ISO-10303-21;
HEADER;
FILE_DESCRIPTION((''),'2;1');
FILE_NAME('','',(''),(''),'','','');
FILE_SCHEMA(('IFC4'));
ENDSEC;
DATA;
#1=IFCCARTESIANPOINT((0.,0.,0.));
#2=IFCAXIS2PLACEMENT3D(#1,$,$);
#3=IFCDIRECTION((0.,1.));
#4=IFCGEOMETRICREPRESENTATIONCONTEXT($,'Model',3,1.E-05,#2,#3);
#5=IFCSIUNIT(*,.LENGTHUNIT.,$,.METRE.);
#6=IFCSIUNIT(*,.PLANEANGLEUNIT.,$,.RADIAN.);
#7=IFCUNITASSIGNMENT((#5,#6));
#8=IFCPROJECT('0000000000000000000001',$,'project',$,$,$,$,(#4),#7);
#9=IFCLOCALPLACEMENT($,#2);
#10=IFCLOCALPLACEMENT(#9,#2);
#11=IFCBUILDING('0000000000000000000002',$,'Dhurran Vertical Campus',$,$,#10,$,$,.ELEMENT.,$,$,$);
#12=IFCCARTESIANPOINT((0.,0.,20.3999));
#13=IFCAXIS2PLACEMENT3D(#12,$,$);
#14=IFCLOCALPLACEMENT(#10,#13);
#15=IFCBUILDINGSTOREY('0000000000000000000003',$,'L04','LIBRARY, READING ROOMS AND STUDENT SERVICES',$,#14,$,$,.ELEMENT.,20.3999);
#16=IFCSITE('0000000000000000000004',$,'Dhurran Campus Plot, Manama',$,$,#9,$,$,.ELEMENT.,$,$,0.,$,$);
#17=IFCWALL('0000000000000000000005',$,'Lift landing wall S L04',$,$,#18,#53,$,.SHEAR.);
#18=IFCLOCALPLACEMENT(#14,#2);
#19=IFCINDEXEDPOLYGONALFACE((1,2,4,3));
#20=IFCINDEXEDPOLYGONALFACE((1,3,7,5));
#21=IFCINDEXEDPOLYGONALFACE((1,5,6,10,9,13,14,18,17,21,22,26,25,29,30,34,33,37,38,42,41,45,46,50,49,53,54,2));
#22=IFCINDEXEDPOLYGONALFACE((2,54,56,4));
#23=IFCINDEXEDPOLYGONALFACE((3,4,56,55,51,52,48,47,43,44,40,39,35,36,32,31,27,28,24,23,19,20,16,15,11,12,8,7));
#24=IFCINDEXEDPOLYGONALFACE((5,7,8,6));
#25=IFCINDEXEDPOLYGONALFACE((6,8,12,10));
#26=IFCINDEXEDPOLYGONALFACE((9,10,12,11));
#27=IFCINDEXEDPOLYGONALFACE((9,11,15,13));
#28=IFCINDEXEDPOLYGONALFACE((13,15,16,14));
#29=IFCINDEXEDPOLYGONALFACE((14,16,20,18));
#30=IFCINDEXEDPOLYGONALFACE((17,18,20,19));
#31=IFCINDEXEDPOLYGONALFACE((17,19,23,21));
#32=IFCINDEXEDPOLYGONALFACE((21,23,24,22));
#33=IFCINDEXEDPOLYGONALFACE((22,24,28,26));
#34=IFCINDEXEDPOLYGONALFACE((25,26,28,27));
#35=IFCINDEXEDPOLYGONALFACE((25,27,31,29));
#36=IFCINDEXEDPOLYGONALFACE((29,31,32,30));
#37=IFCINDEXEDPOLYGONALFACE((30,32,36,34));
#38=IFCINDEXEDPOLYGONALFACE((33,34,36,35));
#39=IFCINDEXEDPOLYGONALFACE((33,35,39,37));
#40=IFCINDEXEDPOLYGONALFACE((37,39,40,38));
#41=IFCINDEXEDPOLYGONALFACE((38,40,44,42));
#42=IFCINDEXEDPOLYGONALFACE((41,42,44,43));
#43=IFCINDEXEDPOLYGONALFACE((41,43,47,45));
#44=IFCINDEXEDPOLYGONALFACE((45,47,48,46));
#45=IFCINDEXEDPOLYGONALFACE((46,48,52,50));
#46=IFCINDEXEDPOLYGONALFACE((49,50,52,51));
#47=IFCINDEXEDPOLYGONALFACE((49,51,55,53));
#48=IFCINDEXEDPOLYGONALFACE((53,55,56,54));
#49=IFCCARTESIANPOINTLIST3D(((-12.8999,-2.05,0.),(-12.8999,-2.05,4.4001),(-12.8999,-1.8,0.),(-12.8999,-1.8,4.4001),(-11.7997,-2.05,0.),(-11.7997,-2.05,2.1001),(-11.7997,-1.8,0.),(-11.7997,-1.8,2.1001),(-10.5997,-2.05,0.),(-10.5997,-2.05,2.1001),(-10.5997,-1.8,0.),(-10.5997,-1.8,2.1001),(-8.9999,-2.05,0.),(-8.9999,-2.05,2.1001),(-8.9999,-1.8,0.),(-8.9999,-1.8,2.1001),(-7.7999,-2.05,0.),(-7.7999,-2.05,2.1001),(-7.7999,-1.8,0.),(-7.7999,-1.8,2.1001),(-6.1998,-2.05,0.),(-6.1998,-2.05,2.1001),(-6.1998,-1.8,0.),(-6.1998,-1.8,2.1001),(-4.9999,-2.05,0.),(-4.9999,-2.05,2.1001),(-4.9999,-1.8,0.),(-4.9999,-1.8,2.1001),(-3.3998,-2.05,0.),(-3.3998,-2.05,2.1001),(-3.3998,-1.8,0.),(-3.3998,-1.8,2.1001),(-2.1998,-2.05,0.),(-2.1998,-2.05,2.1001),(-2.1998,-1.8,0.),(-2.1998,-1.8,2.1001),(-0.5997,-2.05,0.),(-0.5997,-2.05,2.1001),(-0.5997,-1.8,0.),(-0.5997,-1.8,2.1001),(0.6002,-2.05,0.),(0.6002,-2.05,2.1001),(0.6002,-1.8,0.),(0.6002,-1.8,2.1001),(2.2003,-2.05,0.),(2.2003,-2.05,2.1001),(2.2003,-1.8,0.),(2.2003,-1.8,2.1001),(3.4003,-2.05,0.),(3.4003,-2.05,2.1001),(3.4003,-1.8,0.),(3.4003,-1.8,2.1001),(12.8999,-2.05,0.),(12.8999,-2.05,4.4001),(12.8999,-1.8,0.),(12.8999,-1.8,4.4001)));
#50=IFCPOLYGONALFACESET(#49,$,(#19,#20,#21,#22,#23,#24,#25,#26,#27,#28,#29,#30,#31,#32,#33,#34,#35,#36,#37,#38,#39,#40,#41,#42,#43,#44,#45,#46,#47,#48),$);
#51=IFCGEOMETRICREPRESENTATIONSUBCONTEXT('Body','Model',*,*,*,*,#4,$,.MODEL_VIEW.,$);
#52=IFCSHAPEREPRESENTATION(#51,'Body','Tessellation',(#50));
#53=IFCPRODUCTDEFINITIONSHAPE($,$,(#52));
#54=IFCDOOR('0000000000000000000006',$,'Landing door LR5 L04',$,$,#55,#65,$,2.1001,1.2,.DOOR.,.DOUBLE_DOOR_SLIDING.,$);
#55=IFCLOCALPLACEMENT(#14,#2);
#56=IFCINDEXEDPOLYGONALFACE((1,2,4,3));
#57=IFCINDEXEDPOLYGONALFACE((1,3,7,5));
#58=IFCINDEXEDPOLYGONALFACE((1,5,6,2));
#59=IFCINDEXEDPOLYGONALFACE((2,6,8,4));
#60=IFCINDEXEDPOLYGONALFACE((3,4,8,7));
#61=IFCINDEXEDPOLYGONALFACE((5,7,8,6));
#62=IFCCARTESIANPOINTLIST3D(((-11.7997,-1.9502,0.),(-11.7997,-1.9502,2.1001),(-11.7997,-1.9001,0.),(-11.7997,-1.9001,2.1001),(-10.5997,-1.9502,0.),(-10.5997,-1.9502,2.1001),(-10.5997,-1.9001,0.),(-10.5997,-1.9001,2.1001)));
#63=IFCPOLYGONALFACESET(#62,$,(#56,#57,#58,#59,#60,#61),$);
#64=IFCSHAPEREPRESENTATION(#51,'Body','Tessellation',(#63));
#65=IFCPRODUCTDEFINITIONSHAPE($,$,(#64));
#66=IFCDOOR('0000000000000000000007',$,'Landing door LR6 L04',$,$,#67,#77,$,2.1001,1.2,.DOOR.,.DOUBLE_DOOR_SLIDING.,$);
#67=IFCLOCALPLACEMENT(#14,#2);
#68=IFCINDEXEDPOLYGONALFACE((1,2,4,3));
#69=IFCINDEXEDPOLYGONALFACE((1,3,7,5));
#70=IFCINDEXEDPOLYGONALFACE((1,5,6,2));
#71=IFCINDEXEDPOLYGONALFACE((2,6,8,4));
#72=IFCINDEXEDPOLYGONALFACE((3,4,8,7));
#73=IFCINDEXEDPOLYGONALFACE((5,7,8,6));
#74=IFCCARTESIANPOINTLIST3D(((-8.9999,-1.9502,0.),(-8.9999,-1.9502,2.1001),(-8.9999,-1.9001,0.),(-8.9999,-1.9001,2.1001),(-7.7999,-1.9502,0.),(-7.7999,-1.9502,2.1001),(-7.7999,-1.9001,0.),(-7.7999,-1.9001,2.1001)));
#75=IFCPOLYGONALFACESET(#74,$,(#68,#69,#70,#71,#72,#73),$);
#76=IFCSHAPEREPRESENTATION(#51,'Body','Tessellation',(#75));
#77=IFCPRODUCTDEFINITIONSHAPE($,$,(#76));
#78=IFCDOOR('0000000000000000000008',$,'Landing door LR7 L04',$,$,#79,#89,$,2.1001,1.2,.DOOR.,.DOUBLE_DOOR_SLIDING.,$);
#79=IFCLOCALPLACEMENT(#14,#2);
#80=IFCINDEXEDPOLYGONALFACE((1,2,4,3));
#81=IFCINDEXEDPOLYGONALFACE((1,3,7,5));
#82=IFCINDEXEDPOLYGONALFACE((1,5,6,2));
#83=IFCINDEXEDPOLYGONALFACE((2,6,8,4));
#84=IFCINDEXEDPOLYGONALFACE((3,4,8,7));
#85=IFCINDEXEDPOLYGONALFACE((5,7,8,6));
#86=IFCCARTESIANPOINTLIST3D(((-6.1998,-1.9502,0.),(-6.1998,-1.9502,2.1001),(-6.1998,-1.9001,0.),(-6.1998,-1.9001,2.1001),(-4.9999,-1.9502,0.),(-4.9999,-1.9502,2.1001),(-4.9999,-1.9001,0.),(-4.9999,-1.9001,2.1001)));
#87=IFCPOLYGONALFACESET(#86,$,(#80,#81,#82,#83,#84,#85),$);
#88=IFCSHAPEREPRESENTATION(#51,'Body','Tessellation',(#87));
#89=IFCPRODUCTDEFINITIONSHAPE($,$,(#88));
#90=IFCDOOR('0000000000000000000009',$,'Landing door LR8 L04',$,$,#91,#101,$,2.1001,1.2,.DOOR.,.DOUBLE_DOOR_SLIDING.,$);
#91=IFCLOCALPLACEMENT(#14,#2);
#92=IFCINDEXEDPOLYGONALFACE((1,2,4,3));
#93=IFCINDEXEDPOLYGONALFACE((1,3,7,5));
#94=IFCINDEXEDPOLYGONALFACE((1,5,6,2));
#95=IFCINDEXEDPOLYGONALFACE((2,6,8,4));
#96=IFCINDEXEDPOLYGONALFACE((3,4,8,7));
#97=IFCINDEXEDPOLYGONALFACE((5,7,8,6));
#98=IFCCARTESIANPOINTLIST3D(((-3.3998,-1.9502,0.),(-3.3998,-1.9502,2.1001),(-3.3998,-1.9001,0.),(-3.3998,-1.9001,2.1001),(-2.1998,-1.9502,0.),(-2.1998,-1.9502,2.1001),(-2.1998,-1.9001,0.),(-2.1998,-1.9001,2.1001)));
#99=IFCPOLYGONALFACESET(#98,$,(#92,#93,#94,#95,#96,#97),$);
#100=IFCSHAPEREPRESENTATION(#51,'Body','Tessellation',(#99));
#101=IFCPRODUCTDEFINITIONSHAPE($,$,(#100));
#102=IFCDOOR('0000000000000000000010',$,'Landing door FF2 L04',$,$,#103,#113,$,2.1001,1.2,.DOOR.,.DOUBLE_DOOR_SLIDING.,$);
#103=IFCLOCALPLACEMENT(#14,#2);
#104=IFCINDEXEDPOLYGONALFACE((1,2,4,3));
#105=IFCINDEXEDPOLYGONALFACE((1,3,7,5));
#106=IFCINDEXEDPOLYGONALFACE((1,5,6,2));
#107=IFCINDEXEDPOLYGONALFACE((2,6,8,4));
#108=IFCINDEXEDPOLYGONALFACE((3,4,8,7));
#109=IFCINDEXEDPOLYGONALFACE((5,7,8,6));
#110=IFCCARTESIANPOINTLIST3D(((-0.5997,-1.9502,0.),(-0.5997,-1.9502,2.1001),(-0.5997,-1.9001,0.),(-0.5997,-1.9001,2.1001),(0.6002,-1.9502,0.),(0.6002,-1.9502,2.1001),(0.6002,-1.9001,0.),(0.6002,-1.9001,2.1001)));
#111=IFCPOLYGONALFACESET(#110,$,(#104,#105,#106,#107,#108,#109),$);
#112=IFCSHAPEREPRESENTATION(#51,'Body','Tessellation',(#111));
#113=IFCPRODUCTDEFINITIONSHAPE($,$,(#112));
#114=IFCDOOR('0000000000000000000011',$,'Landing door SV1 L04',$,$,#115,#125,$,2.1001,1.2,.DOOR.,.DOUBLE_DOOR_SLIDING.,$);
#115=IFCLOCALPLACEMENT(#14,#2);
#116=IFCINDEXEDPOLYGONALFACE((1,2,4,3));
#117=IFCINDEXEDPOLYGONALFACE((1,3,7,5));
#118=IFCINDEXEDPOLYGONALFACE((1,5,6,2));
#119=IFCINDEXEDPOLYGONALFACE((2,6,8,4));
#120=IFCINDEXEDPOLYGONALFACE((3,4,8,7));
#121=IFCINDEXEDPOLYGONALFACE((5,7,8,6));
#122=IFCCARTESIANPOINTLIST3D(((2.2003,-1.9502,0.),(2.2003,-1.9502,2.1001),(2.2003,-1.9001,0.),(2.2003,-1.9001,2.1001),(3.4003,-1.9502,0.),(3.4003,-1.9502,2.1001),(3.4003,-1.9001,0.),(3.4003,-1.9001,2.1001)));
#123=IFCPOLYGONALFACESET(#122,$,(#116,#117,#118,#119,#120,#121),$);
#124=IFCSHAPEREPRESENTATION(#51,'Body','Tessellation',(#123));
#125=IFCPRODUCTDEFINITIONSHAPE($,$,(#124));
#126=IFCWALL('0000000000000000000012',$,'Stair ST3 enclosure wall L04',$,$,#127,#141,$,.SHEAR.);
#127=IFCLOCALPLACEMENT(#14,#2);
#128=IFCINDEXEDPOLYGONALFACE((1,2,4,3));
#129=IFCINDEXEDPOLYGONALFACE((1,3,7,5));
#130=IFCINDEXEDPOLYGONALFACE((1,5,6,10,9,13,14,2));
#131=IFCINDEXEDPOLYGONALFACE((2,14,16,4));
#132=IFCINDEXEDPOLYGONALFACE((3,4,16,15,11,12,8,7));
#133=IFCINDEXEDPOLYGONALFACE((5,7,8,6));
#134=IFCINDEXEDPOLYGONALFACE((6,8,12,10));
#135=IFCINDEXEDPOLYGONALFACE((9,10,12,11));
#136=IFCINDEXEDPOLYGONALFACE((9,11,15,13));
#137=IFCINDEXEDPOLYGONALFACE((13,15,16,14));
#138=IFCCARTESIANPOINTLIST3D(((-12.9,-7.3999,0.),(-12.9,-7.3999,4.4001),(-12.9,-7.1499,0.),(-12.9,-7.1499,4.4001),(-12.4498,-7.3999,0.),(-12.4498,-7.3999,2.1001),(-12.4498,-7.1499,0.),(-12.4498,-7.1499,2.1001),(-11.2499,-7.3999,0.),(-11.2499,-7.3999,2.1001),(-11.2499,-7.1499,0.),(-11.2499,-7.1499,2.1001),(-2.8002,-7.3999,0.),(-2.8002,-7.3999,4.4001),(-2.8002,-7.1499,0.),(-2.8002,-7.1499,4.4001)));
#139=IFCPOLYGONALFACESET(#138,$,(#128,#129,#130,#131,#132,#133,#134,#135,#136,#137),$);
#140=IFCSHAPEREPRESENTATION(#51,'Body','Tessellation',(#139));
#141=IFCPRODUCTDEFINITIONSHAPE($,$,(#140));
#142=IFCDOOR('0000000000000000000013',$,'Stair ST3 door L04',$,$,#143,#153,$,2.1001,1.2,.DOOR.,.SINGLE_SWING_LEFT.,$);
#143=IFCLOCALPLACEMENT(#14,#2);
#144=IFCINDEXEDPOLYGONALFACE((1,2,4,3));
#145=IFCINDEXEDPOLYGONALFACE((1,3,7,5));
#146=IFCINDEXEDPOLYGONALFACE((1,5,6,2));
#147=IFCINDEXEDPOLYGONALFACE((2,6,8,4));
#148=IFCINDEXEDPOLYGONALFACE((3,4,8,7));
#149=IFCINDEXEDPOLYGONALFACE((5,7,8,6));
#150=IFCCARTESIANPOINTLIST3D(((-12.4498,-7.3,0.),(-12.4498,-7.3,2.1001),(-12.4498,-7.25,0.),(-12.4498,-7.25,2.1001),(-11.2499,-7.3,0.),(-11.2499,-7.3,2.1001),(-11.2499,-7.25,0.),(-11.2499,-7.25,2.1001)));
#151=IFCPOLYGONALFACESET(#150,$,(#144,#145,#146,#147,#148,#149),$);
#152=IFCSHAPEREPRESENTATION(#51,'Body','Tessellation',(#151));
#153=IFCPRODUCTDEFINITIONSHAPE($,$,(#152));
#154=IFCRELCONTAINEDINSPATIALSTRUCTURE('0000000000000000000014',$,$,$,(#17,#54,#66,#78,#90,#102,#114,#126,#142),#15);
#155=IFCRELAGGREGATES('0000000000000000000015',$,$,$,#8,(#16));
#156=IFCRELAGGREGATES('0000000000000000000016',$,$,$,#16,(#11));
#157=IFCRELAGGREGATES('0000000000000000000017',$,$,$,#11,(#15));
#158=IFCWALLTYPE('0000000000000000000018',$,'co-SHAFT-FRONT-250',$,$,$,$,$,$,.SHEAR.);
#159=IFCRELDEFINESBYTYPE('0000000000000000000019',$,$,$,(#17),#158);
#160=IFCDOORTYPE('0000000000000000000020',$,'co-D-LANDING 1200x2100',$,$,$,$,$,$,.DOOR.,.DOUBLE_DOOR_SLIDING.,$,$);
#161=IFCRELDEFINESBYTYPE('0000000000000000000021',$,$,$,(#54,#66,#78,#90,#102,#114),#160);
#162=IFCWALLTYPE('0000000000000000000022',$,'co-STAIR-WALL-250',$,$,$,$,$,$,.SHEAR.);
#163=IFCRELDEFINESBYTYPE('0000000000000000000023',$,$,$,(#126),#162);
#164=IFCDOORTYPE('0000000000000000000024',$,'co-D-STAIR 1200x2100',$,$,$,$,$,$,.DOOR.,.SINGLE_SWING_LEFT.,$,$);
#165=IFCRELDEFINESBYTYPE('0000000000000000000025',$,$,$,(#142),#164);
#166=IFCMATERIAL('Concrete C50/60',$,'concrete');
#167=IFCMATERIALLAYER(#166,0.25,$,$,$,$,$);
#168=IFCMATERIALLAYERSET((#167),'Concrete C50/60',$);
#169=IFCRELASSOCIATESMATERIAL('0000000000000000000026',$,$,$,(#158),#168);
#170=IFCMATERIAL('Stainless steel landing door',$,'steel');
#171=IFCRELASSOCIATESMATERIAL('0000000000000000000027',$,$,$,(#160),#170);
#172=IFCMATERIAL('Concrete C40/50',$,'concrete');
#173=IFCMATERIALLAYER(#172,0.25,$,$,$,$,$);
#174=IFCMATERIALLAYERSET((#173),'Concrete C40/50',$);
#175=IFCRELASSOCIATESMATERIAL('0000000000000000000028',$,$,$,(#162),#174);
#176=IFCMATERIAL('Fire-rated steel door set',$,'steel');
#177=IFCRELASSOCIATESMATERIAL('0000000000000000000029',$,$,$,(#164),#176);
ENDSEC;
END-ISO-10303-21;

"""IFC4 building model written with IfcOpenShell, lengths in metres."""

from ifc_helpers import new_model, si_unit, direction, frame, frame_2d, origin, place, context, subcontext, project, spatial, rectangle, extrude, material, layer, layer_set, type_object, element, fill, save


model = new_model("IFC4")

# Units and contexts
model_context = context("Model", 3, precision=1e-05, world=origin(), true_north=direction((0.0, 1.0)))
body_context = subcontext(model_context, "Body", "Model", "MODEL_VIEW")
ifc_project = project(units=[si_unit("LENGTHUNIT", "METRE"), si_unit("PLANEANGLEUNIT", "RADIAN")], contexts=[model_context])

# Site, building, storey
site_placement = place(None, origin())
site = spatial("IfcSite", under=ifc_project, at=site_placement, Name="Dhurran Campus Plot, Manama", CompositionType="ELEMENT", RefElevation=0.0)
building_placement = place(site_placement, origin())
building = spatial("IfcBuilding", under=site, at=building_placement, Name="Dhurran Vertical Campus", CompositionType="ELEMENT")
storey_placement = place(building_placement, frame((0.0, 0.0, 20.3999)))
storey = spatial("IfcBuildingStorey", under=building, at=storey_placement, Name="L04", Description="LIBRARY, READING ROOMS AND STUDENT SERVICES", CompositionType="ELEMENT", Elevation=20.3999)

# Wall, openings, doors
ifc_material_1 = material(Name="Concrete C50/60", Category="concrete")
ifc_layer_1 = layer(ifc_material_1, 0.25)
ifc_layer_set_1 = layer_set([ifc_layer_1], Name="Concrete C50/60")
wall_type_1 = type_object("IfcWallType", Name="co-SHAFT-FRONT-250", PredefinedType="SHEAR", material=ifc_layer_set_1)
wall_1_placement = place(storey_placement, frame((-12.8999, -1.925, 0.0), z_axis=(0.0, 0.0, 1.0), x_axis=(1.0, 0.0, 0.0)))
wall_1 = element("IfcWall", 1, at=wall_1_placement, inside=storey, type_object=wall_type_1, Name="Lift landing wall S L04", PredefinedType="SHEAR", context=body_context, shape_type="SweptSolid", body=[
    extrude(rectangle(XDim=25.7998, YDim=0.25, at=frame_2d((12.8999, 0.0))), origin(), (0.0, 0.0, 1.0), 4.4001),
])
opening_1_placement = place(wall_1_placement, frame((1.1001, 0.0, 0.0)))
opening_1 = element("IfcOpeningElement", 2, at=opening_1_placement, cuts=wall_1, PredefinedType="OPENING", context=body_context, shape_type="SweptSolid", body=[
    extrude(rectangle(XDim=1.2, YDim=2.1001, at=frame_2d((0.6001, 1.05))), frame((0.0, 0.135, 0.0), z_axis=(0.0, -1.0, 0.0), x_axis=(1.0, 0.0, 0.0)), (0.0, 0.0, 1.0), 0.27),
])
opening_2_placement = place(wall_1_placement, frame((3.8999, 0.0, 0.0)))
opening_2 = element("IfcOpeningElement", 3, at=opening_2_placement, cuts=wall_1, PredefinedType="OPENING", context=body_context, shape_type="SweptSolid", body=[
    extrude(rectangle(XDim=1.2, YDim=2.1001, at=frame_2d((0.6001, 1.05))), frame((0.0, 0.135, 0.0), z_axis=(0.0, -1.0, 0.0), x_axis=(1.0, 0.0, 0.0)), (0.0, 0.0, 1.0), 0.27),
])
opening_3_placement = place(wall_1_placement, frame((6.7, 0.0, 0.0)))
opening_3 = element("IfcOpeningElement", 4, at=opening_3_placement, cuts=wall_1, PredefinedType="OPENING", context=body_context, shape_type="SweptSolid", body=[
    extrude(rectangle(XDim=1.2, YDim=2.1001, at=frame_2d((0.6001, 1.05))), frame((0.0, 0.135, 0.0), z_axis=(0.0, -1.0, 0.0), x_axis=(1.0, 0.0, 0.0)), (0.0, 0.0, 1.0), 0.27),
])
opening_4_placement = place(wall_1_placement, frame((9.5, 0.0, 0.0)))
opening_4 = element("IfcOpeningElement", 5, at=opening_4_placement, cuts=wall_1, PredefinedType="OPENING", context=body_context, shape_type="SweptSolid", body=[
    extrude(rectangle(XDim=1.2, YDim=2.1001, at=frame_2d((0.6001, 1.05))), frame((0.0, 0.135, 0.0), z_axis=(0.0, -1.0, 0.0), x_axis=(1.0, 0.0, 0.0)), (0.0, 0.0, 1.0), 0.27),
])
opening_5_placement = place(wall_1_placement, frame((12.3, 0.0, 0.0)))
opening_5 = element("IfcOpeningElement", 6, at=opening_5_placement, cuts=wall_1, PredefinedType="OPENING", context=body_context, shape_type="SweptSolid", body=[
    extrude(rectangle(XDim=1.2, YDim=2.1001, at=frame_2d((0.6001, 1.05))), frame((0.0, 0.135, 0.0), z_axis=(0.0, -1.0, 0.0), x_axis=(1.0, 0.0, 0.0)), (0.0, 0.0, 1.0), 0.27),
])
opening_6_placement = place(wall_1_placement, frame((15.1001, 0.0, 0.0)))
opening_6 = element("IfcOpeningElement", 7, at=opening_6_placement, cuts=wall_1, PredefinedType="OPENING", context=body_context, shape_type="SweptSolid", body=[
    extrude(rectangle(XDim=1.2, YDim=2.1001, at=frame_2d((0.6001, 1.05))), frame((0.0, 0.135, 0.0), z_axis=(0.0, -1.0, 0.0), x_axis=(1.0, 0.0, 0.0)), (0.0, 0.0, 1.0), 0.27),
])
ifc_material_2 = material(Name="Stainless steel landing door", Category="steel")
door_type_1 = type_object("IfcDoorType", Name="co-D-LANDING 1200x2100", OperationType="DOUBLE_DOOR_SLIDING", PredefinedType="DOOR", material=ifc_material_2)
door_1_placement = place(opening_1_placement, origin())
door_1 = element("IfcDoor", 8, at=door_1_placement, inside=storey, type_object=door_type_1, Name="Landing door LR5 L04", OperationType="DOUBLE_DOOR_SLIDING", OverallHeight=2.1001, OverallWidth=1.2, PredefinedType="DOOR", context=body_context, shape_type="SweptSolid", body=[
    extrude(rectangle(XDim=1.2, YDim=2.1001, at=frame_2d((0.6001, 1.05))), frame((0.0, 0.0249, 0.0), z_axis=(0.0, -1.0, 0.0), x_axis=(1.0, 0.0, 0.0)), (0.0, 0.0, 1.0), 0.05),
])
fill(opening_1, door_1)
door_2_placement = place(opening_2_placement, origin())
door_2 = element("IfcDoor", 9, at=door_2_placement, inside=storey, type_object=door_type_1, Name="Landing door LR6 L04", OperationType="DOUBLE_DOOR_SLIDING", OverallHeight=2.1001, OverallWidth=1.2, PredefinedType="DOOR", context=body_context, shape_type="SweptSolid", body=[
    extrude(rectangle(XDim=1.2, YDim=2.1001, at=frame_2d((0.6001, 1.05))), frame((0.0, 0.0249, 0.0), z_axis=(0.0, -1.0, 0.0), x_axis=(1.0, 0.0, 0.0)), (0.0, 0.0, 1.0), 0.05),
])
fill(opening_2, door_2)
door_3_placement = place(opening_3_placement, origin())
door_3 = element("IfcDoor", 10, at=door_3_placement, inside=storey, type_object=door_type_1, Name="Landing door LR7 L04", OperationType="DOUBLE_DOOR_SLIDING", OverallHeight=2.1001, OverallWidth=1.2, PredefinedType="DOOR", context=body_context, shape_type="SweptSolid", body=[
    extrude(rectangle(XDim=1.2, YDim=2.1001, at=frame_2d((0.6001, 1.05))), frame((0.0, 0.0249, 0.0), z_axis=(0.0, -1.0, 0.0), x_axis=(1.0, 0.0, 0.0)), (0.0, 0.0, 1.0), 0.05),
])
fill(opening_3, door_3)
door_4_placement = place(opening_4_placement, origin())
door_4 = element("IfcDoor", 11, at=door_4_placement, inside=storey, type_object=door_type_1, Name="Landing door LR8 L04", OperationType="DOUBLE_DOOR_SLIDING", OverallHeight=2.1001, OverallWidth=1.2, PredefinedType="DOOR", context=body_context, shape_type="SweptSolid", body=[
    extrude(rectangle(XDim=1.2, YDim=2.1001, at=frame_2d((0.6001, 1.05))), frame((0.0, 0.0249, 0.0), z_axis=(0.0, -1.0, 0.0), x_axis=(1.0, 0.0, 0.0)), (0.0, 0.0, 1.0), 0.05),
])
fill(opening_4, door_4)
door_5_placement = place(opening_5_placement, origin())
door_5 = element("IfcDoor", 12, at=door_5_placement, inside=storey, type_object=door_type_1, Name="Landing door FF2 L04", OperationType="DOUBLE_DOOR_SLIDING", OverallHeight=2.1001, OverallWidth=1.2, PredefinedType="DOOR", context=body_context, shape_type="SweptSolid", body=[
    extrude(rectangle(XDim=1.2, YDim=2.1001, at=frame_2d((0.6001, 1.05))), frame((0.0, 0.0249, 0.0), z_axis=(0.0, -1.0, 0.0), x_axis=(1.0, 0.0, 0.0)), (0.0, 0.0, 1.0), 0.05),
])
fill(opening_5, door_5)
door_6_placement = place(opening_6_placement, origin())
door_6 = element("IfcDoor", 13, at=door_6_placement, inside=storey, type_object=door_type_1, Name="Landing door SV1 L04", OperationType="DOUBLE_DOOR_SLIDING", OverallHeight=2.1001, OverallWidth=1.2, PredefinedType="DOOR", context=body_context, shape_type="SweptSolid", body=[
    extrude(rectangle(XDim=1.2, YDim=2.1001, at=frame_2d((0.6001, 1.05))), frame((0.0, 0.0249, 0.0), z_axis=(0.0, -1.0, 0.0), x_axis=(1.0, 0.0, 0.0)), (0.0, 0.0, 1.0), 0.05),
])
fill(opening_6, door_6)

# Wall, opening, door
ifc_material_3 = material(Name="Concrete C40/50", Category="concrete")
ifc_layer_2 = layer(ifc_material_3, 0.25)
ifc_layer_set_2 = layer_set([ifc_layer_2], Name="Concrete C40/50")
wall_type_2 = type_object("IfcWallType", Name="co-STAIR-WALL-250", PredefinedType="SHEAR", material=ifc_layer_set_2)
wall_2_placement = place(storey_placement, frame((-12.8999, -7.2749, 0.0), z_axis=(0.0, 0.0, 1.0), x_axis=(1.0, 0.0, 0.0)))
wall_2 = element("IfcWall", 14, at=wall_2_placement, inside=storey, type_object=wall_type_2, Name="Stair ST3 enclosure wall L04", PredefinedType="SHEAR", context=body_context, shape_type="SweptSolid", body=[
    extrude(rectangle(XDim=10.0999, YDim=0.25, at=frame_2d((5.0498, 0.0))), origin(), (0.0, 0.0, 1.0), 4.4001),
])
opening_7_placement = place(wall_2_placement, frame((0.45, 0.0, 0.0)))
opening_7 = element("IfcOpeningElement", 15, at=opening_7_placement, cuts=wall_2, PredefinedType="OPENING", context=body_context, shape_type="SweptSolid", body=[
    extrude(rectangle(XDim=1.2, YDim=2.1001, at=frame_2d((0.6001, 1.05))), frame((0.0, 0.135, 0.0), z_axis=(0.0, -1.0, 0.0), x_axis=(1.0, 0.0, 0.0)), (0.0, 0.0, 1.0), 0.27),
])
ifc_material_4 = material(Name="Fire-rated steel door set", Category="steel")
door_type_2 = type_object("IfcDoorType", Name="co-D-STAIR 1200x2100", OperationType="SINGLE_SWING_LEFT", PredefinedType="DOOR", material=ifc_material_4)
door_7_placement = place(opening_7_placement, origin())
door_7 = element("IfcDoor", 16, at=door_7_placement, inside=storey, type_object=door_type_2, Name="Stair ST3 door L04", OperationType="SINGLE_SWING_LEFT", OverallHeight=2.1001, OverallWidth=1.2, PredefinedType="DOOR", context=body_context, shape_type="SweptSolid", body=[
    extrude(rectangle(XDim=1.2, YDim=2.1001, at=frame_2d((0.6001, 1.05))), frame((0.0, 0.0249, 0.0), z_axis=(0.0, -1.0, 0.0), x_axis=(1.0, 0.0, 0.0)), (0.0, 0.0, 1.0), 0.05),
])
fill(opening_7, door_7)

save(model, "model.ifc")
